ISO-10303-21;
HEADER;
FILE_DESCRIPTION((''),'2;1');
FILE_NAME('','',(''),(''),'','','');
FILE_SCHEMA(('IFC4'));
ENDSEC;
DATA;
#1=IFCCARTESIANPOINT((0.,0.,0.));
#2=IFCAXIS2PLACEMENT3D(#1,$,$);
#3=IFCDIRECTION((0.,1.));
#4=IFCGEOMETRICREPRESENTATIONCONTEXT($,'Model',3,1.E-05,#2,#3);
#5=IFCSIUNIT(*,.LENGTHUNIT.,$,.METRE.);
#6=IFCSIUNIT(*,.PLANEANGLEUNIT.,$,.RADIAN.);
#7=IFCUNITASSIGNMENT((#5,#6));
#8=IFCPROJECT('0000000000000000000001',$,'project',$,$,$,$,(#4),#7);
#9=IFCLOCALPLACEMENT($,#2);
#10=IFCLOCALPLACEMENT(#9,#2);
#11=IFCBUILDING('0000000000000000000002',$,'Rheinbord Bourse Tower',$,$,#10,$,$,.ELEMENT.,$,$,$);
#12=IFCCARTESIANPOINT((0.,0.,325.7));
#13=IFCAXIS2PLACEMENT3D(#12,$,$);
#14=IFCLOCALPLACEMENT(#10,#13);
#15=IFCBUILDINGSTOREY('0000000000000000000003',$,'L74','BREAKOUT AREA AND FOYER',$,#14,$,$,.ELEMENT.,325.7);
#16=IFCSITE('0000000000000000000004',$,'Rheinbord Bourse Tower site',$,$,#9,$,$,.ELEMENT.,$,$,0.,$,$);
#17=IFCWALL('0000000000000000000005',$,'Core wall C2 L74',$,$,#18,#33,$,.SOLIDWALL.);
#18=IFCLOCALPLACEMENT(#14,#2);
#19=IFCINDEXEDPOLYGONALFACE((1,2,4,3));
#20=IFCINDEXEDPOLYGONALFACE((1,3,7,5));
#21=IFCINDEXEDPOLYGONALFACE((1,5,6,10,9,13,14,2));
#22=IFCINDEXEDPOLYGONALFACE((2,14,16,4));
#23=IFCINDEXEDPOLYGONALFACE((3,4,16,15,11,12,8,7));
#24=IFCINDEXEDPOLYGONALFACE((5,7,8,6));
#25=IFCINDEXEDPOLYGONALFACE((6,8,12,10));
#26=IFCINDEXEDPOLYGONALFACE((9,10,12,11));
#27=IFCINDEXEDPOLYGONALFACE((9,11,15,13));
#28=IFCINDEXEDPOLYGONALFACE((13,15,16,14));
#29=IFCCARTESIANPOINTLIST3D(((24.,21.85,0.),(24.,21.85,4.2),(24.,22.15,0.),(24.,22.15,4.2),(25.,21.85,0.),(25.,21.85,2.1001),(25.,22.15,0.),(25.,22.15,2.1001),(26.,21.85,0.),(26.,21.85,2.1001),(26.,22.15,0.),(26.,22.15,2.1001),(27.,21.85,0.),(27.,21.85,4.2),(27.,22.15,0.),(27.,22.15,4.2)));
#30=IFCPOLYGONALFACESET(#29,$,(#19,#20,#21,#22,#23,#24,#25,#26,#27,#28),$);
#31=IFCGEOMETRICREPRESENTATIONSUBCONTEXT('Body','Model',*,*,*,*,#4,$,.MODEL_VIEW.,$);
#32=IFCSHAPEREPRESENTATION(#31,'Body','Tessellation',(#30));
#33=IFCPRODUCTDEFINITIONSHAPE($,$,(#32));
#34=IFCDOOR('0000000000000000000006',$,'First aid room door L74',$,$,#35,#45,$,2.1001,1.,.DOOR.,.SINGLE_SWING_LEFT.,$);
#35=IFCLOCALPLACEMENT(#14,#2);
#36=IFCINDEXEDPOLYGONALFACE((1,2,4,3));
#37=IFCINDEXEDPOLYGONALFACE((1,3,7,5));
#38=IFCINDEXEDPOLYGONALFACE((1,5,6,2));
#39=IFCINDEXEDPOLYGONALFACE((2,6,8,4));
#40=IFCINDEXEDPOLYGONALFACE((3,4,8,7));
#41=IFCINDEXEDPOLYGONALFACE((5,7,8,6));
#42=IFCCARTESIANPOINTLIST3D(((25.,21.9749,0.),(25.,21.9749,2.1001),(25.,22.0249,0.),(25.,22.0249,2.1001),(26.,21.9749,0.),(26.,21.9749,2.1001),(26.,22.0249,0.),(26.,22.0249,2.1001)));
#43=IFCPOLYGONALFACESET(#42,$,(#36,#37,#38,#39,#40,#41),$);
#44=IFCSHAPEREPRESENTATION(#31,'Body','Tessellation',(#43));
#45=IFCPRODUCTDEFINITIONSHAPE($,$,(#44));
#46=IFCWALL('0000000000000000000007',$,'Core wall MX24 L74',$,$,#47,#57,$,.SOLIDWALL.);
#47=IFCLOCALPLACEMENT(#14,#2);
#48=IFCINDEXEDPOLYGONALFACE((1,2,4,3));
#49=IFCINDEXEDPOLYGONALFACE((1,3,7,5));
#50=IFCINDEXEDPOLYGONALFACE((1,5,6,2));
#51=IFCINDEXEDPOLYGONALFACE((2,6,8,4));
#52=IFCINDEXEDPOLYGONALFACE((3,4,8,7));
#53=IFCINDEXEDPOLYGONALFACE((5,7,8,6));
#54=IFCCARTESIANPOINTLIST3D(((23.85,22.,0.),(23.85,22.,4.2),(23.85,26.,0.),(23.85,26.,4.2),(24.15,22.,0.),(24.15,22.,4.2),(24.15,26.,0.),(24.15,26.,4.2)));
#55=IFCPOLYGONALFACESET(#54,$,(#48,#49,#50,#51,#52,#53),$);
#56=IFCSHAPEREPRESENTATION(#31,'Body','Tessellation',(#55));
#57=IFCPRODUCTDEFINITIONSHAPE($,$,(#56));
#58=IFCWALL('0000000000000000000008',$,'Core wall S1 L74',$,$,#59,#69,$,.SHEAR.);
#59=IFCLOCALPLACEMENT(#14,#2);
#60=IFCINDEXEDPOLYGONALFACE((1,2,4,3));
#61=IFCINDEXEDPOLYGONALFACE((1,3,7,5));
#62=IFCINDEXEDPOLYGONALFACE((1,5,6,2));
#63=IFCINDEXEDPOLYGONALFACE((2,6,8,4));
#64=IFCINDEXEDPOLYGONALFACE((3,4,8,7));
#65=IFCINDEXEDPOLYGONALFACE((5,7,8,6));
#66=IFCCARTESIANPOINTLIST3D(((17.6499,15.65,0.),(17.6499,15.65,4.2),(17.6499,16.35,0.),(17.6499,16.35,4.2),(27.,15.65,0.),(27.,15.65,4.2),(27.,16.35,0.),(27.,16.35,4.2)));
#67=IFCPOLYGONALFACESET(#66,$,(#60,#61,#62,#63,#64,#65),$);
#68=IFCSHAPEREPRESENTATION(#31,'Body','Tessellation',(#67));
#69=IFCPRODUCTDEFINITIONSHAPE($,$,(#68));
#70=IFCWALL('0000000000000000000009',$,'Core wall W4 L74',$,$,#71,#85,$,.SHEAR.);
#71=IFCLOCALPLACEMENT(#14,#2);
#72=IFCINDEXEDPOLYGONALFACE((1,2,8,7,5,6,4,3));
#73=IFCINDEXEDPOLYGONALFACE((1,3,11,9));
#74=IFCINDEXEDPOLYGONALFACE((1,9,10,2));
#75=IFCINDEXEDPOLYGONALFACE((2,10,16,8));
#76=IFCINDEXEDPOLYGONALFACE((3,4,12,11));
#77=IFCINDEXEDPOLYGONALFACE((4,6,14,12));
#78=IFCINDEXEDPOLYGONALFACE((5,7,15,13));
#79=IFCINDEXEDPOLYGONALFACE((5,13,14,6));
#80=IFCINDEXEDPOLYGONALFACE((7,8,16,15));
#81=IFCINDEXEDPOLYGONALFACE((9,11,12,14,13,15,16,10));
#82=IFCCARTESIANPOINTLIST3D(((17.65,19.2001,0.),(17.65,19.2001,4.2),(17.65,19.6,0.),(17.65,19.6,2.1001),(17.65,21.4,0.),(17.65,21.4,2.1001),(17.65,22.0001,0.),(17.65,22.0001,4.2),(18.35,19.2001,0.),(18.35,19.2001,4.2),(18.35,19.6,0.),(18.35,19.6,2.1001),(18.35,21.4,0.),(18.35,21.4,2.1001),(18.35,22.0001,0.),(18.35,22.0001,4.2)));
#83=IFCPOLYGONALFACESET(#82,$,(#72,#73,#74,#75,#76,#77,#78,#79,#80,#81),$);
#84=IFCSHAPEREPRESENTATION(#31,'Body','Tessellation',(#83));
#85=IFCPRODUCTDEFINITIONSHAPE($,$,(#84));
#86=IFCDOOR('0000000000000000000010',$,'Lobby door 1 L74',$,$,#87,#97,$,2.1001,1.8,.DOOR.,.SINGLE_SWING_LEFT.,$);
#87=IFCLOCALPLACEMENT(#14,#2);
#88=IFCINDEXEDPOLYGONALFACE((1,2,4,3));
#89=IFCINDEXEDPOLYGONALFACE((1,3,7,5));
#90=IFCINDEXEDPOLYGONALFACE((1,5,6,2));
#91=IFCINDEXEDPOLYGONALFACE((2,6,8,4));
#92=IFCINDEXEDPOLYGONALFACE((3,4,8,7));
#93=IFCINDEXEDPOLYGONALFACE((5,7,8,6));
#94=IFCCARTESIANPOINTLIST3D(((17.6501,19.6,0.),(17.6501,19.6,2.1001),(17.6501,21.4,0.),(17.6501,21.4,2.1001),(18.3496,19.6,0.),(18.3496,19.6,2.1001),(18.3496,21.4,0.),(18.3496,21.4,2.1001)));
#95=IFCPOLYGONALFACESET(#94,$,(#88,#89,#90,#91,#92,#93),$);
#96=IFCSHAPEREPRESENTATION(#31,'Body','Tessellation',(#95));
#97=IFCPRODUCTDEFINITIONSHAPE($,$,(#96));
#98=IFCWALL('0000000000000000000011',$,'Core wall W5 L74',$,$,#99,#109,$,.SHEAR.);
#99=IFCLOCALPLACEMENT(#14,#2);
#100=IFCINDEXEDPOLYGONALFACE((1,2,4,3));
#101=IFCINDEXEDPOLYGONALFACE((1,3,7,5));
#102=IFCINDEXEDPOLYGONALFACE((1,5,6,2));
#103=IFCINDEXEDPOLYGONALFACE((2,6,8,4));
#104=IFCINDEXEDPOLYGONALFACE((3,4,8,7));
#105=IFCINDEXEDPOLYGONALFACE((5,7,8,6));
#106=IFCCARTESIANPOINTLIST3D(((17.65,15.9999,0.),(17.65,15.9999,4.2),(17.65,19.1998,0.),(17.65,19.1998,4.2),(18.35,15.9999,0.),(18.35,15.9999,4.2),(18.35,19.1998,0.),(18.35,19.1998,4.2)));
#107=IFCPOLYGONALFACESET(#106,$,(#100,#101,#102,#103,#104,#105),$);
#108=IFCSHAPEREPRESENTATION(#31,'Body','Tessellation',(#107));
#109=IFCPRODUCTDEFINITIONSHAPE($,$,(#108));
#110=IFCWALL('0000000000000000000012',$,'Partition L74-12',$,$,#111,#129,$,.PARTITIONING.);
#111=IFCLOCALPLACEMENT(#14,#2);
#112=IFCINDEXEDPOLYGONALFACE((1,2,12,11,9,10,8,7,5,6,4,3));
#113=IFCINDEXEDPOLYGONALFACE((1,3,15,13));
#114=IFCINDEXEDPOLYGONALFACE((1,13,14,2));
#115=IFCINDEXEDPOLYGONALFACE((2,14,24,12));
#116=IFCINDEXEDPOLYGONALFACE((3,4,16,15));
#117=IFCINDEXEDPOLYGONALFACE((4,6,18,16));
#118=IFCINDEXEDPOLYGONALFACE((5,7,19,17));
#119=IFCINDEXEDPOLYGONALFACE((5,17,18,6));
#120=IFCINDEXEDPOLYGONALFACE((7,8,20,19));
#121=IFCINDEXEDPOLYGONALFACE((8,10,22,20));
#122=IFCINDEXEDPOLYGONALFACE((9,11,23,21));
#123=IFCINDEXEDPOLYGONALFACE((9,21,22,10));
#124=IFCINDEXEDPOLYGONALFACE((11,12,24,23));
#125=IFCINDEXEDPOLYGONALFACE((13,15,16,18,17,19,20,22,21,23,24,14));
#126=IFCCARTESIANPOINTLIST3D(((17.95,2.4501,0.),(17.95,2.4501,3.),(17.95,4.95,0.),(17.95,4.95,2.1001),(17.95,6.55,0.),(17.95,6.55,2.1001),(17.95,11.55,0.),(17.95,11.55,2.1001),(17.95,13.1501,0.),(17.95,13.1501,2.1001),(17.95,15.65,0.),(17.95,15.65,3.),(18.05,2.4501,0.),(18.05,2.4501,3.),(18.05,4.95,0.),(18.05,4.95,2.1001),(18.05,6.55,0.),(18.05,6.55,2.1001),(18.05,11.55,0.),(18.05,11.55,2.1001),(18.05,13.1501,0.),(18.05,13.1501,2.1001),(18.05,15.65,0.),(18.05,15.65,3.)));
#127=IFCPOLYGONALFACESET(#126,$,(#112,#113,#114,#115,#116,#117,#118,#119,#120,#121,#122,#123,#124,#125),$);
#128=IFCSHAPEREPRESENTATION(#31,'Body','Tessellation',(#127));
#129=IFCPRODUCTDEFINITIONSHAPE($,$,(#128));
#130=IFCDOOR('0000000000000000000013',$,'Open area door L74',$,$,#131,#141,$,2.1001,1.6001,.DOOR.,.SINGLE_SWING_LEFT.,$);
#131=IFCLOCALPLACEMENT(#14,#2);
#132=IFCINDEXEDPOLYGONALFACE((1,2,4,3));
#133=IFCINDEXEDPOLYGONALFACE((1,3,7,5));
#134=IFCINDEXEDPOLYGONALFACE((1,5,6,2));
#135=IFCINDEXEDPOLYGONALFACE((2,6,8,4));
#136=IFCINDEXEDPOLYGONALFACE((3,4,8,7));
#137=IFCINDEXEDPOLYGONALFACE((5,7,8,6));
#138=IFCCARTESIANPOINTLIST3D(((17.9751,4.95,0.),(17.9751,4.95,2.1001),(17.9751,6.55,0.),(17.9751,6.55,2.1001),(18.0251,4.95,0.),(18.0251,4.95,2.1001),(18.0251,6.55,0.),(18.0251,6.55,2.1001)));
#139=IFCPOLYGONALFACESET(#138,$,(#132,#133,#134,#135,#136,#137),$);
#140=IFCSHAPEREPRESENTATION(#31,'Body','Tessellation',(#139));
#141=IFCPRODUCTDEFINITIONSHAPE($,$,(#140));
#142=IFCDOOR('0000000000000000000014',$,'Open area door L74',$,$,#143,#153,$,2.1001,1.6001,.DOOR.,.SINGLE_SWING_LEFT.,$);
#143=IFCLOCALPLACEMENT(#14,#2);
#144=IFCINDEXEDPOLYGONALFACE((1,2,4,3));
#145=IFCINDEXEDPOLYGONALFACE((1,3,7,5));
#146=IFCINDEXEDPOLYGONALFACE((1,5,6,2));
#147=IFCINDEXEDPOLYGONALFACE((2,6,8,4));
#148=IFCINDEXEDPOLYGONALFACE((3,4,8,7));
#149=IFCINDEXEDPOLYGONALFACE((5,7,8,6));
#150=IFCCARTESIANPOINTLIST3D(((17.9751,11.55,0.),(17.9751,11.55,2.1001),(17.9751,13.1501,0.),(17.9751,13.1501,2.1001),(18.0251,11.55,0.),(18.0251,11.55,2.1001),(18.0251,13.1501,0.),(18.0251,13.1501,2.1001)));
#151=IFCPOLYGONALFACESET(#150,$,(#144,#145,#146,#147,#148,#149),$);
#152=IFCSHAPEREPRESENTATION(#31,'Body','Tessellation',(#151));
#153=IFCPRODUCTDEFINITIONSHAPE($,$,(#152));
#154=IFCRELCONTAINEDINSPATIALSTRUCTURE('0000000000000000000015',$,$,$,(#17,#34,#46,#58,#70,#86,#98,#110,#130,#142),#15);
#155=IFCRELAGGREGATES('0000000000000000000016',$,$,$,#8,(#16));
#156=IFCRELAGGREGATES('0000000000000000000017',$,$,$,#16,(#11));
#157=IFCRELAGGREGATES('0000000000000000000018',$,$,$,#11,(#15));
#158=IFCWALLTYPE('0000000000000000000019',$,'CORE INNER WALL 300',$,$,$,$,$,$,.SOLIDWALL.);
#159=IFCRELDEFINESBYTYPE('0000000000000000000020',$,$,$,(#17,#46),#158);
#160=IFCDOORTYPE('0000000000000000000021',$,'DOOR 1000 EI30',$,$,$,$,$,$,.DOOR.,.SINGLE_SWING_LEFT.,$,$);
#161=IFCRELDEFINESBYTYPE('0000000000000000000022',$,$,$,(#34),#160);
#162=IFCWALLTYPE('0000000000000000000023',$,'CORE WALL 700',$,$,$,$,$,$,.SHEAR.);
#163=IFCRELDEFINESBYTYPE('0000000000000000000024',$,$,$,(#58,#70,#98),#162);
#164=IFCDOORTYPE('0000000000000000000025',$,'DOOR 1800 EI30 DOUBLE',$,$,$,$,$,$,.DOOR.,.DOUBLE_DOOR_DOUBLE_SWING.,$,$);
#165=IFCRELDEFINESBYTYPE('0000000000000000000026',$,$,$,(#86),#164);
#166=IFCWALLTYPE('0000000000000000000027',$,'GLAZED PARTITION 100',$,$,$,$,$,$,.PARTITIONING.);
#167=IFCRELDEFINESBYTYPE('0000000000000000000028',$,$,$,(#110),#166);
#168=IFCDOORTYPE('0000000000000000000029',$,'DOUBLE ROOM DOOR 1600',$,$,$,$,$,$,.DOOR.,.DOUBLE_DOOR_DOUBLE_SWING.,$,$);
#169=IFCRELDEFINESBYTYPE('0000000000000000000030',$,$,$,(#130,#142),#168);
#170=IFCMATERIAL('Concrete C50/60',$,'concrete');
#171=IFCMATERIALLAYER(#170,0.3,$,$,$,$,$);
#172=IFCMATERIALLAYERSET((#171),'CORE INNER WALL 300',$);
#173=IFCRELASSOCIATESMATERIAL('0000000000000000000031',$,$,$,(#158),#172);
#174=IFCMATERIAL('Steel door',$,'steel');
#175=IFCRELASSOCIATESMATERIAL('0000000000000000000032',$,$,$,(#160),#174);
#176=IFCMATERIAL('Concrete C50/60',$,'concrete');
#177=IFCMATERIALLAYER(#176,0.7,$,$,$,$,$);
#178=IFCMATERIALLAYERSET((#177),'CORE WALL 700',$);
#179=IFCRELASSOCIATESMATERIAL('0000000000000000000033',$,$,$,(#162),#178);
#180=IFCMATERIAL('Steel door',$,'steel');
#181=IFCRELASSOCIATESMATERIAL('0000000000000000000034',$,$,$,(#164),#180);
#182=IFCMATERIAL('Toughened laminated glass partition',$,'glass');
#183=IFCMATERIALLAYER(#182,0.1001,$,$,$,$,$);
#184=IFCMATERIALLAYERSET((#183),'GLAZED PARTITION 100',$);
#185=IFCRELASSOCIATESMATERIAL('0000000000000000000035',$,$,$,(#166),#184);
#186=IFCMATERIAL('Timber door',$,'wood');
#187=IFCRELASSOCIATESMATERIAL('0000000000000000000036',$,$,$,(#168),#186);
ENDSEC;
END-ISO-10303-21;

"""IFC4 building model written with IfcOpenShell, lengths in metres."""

from ifc_helpers import new_model, si_unit, direction, frame, frame_2d, origin, place, context, subcontext, project, spatial, rectangle, extrude, material, layer, layer_set, type_object, element, fill, save


model = new_model("IFC4")

# Units and contexts
model_context = context("Model", 3, precision=1e-05, world=origin(), true_north=direction((0.0, 1.0)))
body_context = subcontext(model_context, "Body", "Model", "MODEL_VIEW")
ifc_project = project(units=[si_unit("LENGTHUNIT", "METRE"), si_unit("PLANEANGLEUNIT", "RADIAN")], contexts=[model_context])

# Site, building, storey
site_placement = place(None, origin())
site = spatial("IfcSite", under=ifc_project, at=site_placement, Name="Rheinbord Bourse Tower site", CompositionType="ELEMENT", RefElevation=0.0)
building_placement = place(site_placement, origin())
building = spatial("IfcBuilding", under=site, at=building_placement, Name="Rheinbord Bourse Tower", CompositionType="ELEMENT")
storey_placement = place(building_placement, frame((0.0, 0.0, 325.7)))
storey = spatial("IfcBuildingStorey", under=building, at=storey_placement, Name="L74", Description="BREAKOUT AREA AND FOYER", CompositionType="ELEMENT", Elevation=325.7)

# Shared definitions
ifc_material_1 = material(Name="Concrete C50/60", Category="concrete")
ifc_layer_1 = layer(ifc_material_1, 0.3)
ifc_layer_set_1 = layer_set([ifc_layer_1], Name="CORE INNER WALL 300")
wall_type_1 = type_object("IfcWallType", Name="CORE INNER WALL 300", PredefinedType="SOLIDWALL", material=ifc_layer_set_1)
ifc_material_2 = material(Name="Steel door", Category="steel")
door_type_1 = type_object("IfcDoorType", Name="DOOR 1000 EI30", OperationType="SINGLE_SWING_LEFT", PredefinedType="DOOR", material=ifc_material_2)

# Wall, opening, door
wall_1_placement = place(storey_placement, frame((24.0, 22.0, 0.0), z_axis=(0.0, 0.0, 1.0), x_axis=(1.0, 0.0, 0.0)))
wall_1 = element("IfcWall", 1, at=wall_1_placement, inside=storey, type_object=wall_type_1, Name="Core wall C2 L74", PredefinedType="SOLIDWALL", context=body_context, shape_type="SweptSolid", body=[
    extrude(rectangle(XDim=3.0, YDim=0.3, at=frame_2d((1.5, 0.0))), origin(), (0.0, 0.0, 1.0), 4.2),
])
opening_1_placement = place(wall_1_placement, frame((1.0, 0.0, 0.0)))
opening_1 = element("IfcOpeningElement", 2, at=opening_1_placement, cuts=wall_1, PredefinedType="OPENING", context=body_context, shape_type="SweptSolid", body=[
    extrude(rectangle(XDim=1.0, YDim=2.1001, at=frame_2d((0.5, 1.05))), frame((0.0, 0.1599, 0.0), z_axis=(0.0, -1.0, 0.0), x_axis=(1.0, 0.0, 0.0)), (0.0, 0.0, 1.0), 0.3201),
])
door_1_placement = place(opening_1_placement, origin())
door_1 = element("IfcDoor", 3, at=door_1_placement, inside=storey, type_object=door_type_1, Name="First aid room door L74", OperationType="SINGLE_SWING_LEFT", OverallHeight=2.1001, OverallWidth=1.0, PredefinedType="DOOR", context=body_context, shape_type="SweptSolid", body=[
    extrude(rectangle(XDim=1.0, YDim=2.1001, at=frame_2d((0.5, 1.05))), frame((0.0, 0.0249, 0.0), z_axis=(0.0, -1.0, 0.0), x_axis=(1.0, 0.0, 0.0)), (0.0, 0.0, 1.0), 0.05),
])
fill(opening_1, door_1)

# Walls
wall_2_placement = place(storey_placement, frame((24.0, 22.0, 0.0), z_axis=(0.0, 0.0, 1.0), x_axis=(0.0, 1.0, 0.0)))
element("IfcWall", 4, at=wall_2_placement, inside=storey, type_object=wall_type_1, Name="Core wall MX24 L74", PredefinedType="SOLIDWALL", context=body_context, shape_type="SweptSolid", body=[
    extrude(rectangle(XDim=4.0, YDim=0.3, at=frame_2d((2.0, 0.0))), origin(), (0.0, 0.0, 1.0), 4.2),
])
ifc_material_3 = material(Name="Concrete C50/60", Category="concrete")
ifc_layer_2 = layer(ifc_material_3, 0.7)
ifc_layer_set_2 = layer_set([ifc_layer_2], Name="CORE WALL 700")
wall_type_2 = type_object("IfcWallType", Name="CORE WALL 700", PredefinedType="SHEAR", material=ifc_layer_set_2)
wall_3_placement = place(storey_placement, frame((17.6499, 16.0, 0.0), z_axis=(0.0, 0.0, 1.0), x_axis=(1.0, 0.0, 0.0)))
element("IfcWall", 5, at=wall_3_placement, inside=storey, type_object=wall_type_2, Name="Core wall S1 L74", PredefinedType="SHEAR", context=body_context, shape_type="SweptSolid", body=[
    extrude(rectangle(XDim=9.3501, YDim=0.7, at=frame_2d((4.675, 0.0))), origin(), (0.0, 0.0, 1.0), 4.2),
])

# Wall, opening, door
wall_4_placement = place(storey_placement, frame((18.0, 22.0, 0.0), z_axis=(0.0, 0.0, 1.0), x_axis=(0.0, -1.0, 0.0)))
wall_4 = element("IfcWall", 6, at=wall_4_placement, inside=storey, type_object=wall_type_2, Name="Core wall W4 L74", PredefinedType="SHEAR", context=body_context, shape_type="SweptSolid", body=[
    extrude(rectangle(XDim=2.8, YDim=0.7, at=frame_2d((1.3999, 0.0))), origin(), (0.0, 0.0, 1.0), 4.2),
])
opening_2_placement = place(wall_4_placement, frame((0.6001, 0.0, 0.0)))
opening_2 = element("IfcOpeningElement", 7, at=opening_2_placement, cuts=wall_4, PredefinedType="OPENING", context=body_context, shape_type="SweptSolid", body=[
    extrude(rectangle(XDim=1.8, YDim=2.1001, at=frame_2d((0.8999, 1.05))), frame((0.0, 0.3599, 0.0), z_axis=(0.0, -1.0, 0.0), x_axis=(1.0, 0.0, 0.0)), (0.0, 0.0, 1.0), 0.72),
])
ifc_material_4 = material(Name="Steel door", Category="steel")
door_type_2 = type_object("IfcDoorType", Name="DOOR 1800 EI30 DOUBLE", OperationType="DOUBLE_DOOR_DOUBLE_SWING", PredefinedType="DOOR", material=ifc_material_4)
door_2_placement = place(opening_2_placement, origin())
door_2 = element("IfcDoor", 8, at=door_2_placement, inside=storey, type_object=door_type_2, Name="Lobby door 1 L74", OperationType="SINGLE_SWING_LEFT", OverallHeight=2.1001, OverallWidth=1.8, PredefinedType="DOOR", context=body_context, shape_type="SweptSolid", body=[
    extrude(rectangle(XDim=1.8, YDim=2.1001, at=frame_2d((0.8999, 1.05))), frame((0.0, 0.3496, 0.0), z_axis=(0.0, -1.0, 0.0), x_axis=(1.0, 0.0, 0.0)), (0.0, 0.0, 1.0), 0.6995),
])
fill(opening_2, door_2)

# Wall
wall_5_placement = place(storey_placement, frame((18.0, 19.2, 0.0), z_axis=(0.0, 0.0, 1.0), x_axis=(0.0, -1.0, 0.0)))
element("IfcWall", 9, at=wall_5_placement, inside=storey, type_object=wall_type_2, Name="Core wall W5 L74", PredefinedType="SHEAR", context=body_context, shape_type="SweptSolid", body=[
    extrude(rectangle(XDim=3.2, YDim=0.7, at=frame_2d((1.6001, 0.0))), origin(), (0.0, 0.0, 1.0), 4.2),
])

# Wall, openings, doors
ifc_material_5 = material(Name="Toughened laminated glass partition", Category="glass")
ifc_layer_3 = layer(ifc_material_5, 0.1001)
ifc_layer_set_3 = layer_set([ifc_layer_3], Name="GLAZED PARTITION 100")
wall_type_3 = type_object("IfcWallType", Name="GLAZED PARTITION 100", PredefinedType="PARTITIONING", material=ifc_layer_set_3)
wall_6_placement = place(storey_placement, frame((18.0, 2.45, 0.0), z_axis=(0.0, 0.0, 1.0), x_axis=(0.0, 1.0, 0.0)))
wall_6 = element("IfcWall", 10, at=wall_6_placement, inside=storey, type_object=wall_type_3, Name="Partition L74-12", PredefinedType="PARTITIONING", context=body_context, shape_type="SweptSolid", body=[
    extrude(rectangle(XDim=13.2, YDim=0.1001, at=frame_2d((6.6001, 0.0))), origin(), (0.0, 0.0, 1.0), 3.0),
])
opening_3_placement = place(wall_6_placement, frame((2.5, 0.0, 0.0)))
opening_3 = element("IfcOpeningElement", 11, at=opening_3_placement, cuts=wall_6, PredefinedType="OPENING", context=body_context, shape_type="SweptSolid", body=[
    extrude(rectangle(XDim=1.6001, YDim=2.1001, at=frame_2d((0.8, 1.05))), frame((0.0, 0.0601, 0.0), z_axis=(0.0, -1.0, 0.0), x_axis=(1.0, 0.0, 0.0)), (0.0, 0.0, 1.0), 0.1201),
])
opening_4_placement = place(wall_6_placement, frame((9.1001, 0.0, 0.0)))
opening_4 = element("IfcOpeningElement", 12, at=opening_4_placement, cuts=wall_6, PredefinedType="OPENING", context=body_context, shape_type="SweptSolid", body=[
    extrude(rectangle(XDim=1.6001, YDim=2.1001, at=frame_2d((0.8, 1.05))), frame((0.0, 0.0601, 0.0), z_axis=(0.0, -1.0, 0.0), x_axis=(1.0, 0.0, 0.0)), (0.0, 0.0, 1.0), 0.1201),
])
ifc_material_6 = material(Name="Timber door", Category="wood")
door_type_3 = type_object("IfcDoorType", Name="DOUBLE ROOM DOOR 1600", OperationType="DOUBLE_DOOR_DOUBLE_SWING", PredefinedType="DOOR", material=ifc_material_6)
door_3_placement = place(opening_3_placement, origin())
door_3 = element("IfcDoor", 13, at=door_3_placement, inside=storey, type_object=door_type_3, Name="Open area door L74", OperationType="SINGLE_SWING_LEFT", OverallHeight=2.1001, OverallWidth=1.6001, PredefinedType="DOOR", context=body_context, shape_type="SweptSolid", body=[
    extrude(rectangle(XDim=1.6001, YDim=2.1001, at=frame_2d((0.8, 1.05))), frame((0.0, 0.0249, 0.0), z_axis=(0.0, -1.0, 0.0), x_axis=(1.0, 0.0, 0.0)), (0.0, 0.0, 1.0), 0.05),
])
fill(opening_3, door_3)
door_4_placement = place(opening_4_placement, origin())
door_4 = element("IfcDoor", 14, at=door_4_placement, inside=storey, type_object=door_type_3, Name="Open area door L74", OperationType="SINGLE_SWING_LEFT", OverallHeight=2.1001, OverallWidth=1.6001, PredefinedType="DOOR", context=body_context, shape_type="SweptSolid", body=[
    extrude(rectangle(XDim=1.6001, YDim=2.1001, at=frame_2d((0.8, 1.05))), frame((0.0, 0.0249, 0.0), z_axis=(0.0, -1.0, 0.0), x_axis=(1.0, 0.0, 0.0)), (0.0, 0.0, 1.0), 0.05),
])
fill(opening_4, door_4)

save(model, "model.ifc")
